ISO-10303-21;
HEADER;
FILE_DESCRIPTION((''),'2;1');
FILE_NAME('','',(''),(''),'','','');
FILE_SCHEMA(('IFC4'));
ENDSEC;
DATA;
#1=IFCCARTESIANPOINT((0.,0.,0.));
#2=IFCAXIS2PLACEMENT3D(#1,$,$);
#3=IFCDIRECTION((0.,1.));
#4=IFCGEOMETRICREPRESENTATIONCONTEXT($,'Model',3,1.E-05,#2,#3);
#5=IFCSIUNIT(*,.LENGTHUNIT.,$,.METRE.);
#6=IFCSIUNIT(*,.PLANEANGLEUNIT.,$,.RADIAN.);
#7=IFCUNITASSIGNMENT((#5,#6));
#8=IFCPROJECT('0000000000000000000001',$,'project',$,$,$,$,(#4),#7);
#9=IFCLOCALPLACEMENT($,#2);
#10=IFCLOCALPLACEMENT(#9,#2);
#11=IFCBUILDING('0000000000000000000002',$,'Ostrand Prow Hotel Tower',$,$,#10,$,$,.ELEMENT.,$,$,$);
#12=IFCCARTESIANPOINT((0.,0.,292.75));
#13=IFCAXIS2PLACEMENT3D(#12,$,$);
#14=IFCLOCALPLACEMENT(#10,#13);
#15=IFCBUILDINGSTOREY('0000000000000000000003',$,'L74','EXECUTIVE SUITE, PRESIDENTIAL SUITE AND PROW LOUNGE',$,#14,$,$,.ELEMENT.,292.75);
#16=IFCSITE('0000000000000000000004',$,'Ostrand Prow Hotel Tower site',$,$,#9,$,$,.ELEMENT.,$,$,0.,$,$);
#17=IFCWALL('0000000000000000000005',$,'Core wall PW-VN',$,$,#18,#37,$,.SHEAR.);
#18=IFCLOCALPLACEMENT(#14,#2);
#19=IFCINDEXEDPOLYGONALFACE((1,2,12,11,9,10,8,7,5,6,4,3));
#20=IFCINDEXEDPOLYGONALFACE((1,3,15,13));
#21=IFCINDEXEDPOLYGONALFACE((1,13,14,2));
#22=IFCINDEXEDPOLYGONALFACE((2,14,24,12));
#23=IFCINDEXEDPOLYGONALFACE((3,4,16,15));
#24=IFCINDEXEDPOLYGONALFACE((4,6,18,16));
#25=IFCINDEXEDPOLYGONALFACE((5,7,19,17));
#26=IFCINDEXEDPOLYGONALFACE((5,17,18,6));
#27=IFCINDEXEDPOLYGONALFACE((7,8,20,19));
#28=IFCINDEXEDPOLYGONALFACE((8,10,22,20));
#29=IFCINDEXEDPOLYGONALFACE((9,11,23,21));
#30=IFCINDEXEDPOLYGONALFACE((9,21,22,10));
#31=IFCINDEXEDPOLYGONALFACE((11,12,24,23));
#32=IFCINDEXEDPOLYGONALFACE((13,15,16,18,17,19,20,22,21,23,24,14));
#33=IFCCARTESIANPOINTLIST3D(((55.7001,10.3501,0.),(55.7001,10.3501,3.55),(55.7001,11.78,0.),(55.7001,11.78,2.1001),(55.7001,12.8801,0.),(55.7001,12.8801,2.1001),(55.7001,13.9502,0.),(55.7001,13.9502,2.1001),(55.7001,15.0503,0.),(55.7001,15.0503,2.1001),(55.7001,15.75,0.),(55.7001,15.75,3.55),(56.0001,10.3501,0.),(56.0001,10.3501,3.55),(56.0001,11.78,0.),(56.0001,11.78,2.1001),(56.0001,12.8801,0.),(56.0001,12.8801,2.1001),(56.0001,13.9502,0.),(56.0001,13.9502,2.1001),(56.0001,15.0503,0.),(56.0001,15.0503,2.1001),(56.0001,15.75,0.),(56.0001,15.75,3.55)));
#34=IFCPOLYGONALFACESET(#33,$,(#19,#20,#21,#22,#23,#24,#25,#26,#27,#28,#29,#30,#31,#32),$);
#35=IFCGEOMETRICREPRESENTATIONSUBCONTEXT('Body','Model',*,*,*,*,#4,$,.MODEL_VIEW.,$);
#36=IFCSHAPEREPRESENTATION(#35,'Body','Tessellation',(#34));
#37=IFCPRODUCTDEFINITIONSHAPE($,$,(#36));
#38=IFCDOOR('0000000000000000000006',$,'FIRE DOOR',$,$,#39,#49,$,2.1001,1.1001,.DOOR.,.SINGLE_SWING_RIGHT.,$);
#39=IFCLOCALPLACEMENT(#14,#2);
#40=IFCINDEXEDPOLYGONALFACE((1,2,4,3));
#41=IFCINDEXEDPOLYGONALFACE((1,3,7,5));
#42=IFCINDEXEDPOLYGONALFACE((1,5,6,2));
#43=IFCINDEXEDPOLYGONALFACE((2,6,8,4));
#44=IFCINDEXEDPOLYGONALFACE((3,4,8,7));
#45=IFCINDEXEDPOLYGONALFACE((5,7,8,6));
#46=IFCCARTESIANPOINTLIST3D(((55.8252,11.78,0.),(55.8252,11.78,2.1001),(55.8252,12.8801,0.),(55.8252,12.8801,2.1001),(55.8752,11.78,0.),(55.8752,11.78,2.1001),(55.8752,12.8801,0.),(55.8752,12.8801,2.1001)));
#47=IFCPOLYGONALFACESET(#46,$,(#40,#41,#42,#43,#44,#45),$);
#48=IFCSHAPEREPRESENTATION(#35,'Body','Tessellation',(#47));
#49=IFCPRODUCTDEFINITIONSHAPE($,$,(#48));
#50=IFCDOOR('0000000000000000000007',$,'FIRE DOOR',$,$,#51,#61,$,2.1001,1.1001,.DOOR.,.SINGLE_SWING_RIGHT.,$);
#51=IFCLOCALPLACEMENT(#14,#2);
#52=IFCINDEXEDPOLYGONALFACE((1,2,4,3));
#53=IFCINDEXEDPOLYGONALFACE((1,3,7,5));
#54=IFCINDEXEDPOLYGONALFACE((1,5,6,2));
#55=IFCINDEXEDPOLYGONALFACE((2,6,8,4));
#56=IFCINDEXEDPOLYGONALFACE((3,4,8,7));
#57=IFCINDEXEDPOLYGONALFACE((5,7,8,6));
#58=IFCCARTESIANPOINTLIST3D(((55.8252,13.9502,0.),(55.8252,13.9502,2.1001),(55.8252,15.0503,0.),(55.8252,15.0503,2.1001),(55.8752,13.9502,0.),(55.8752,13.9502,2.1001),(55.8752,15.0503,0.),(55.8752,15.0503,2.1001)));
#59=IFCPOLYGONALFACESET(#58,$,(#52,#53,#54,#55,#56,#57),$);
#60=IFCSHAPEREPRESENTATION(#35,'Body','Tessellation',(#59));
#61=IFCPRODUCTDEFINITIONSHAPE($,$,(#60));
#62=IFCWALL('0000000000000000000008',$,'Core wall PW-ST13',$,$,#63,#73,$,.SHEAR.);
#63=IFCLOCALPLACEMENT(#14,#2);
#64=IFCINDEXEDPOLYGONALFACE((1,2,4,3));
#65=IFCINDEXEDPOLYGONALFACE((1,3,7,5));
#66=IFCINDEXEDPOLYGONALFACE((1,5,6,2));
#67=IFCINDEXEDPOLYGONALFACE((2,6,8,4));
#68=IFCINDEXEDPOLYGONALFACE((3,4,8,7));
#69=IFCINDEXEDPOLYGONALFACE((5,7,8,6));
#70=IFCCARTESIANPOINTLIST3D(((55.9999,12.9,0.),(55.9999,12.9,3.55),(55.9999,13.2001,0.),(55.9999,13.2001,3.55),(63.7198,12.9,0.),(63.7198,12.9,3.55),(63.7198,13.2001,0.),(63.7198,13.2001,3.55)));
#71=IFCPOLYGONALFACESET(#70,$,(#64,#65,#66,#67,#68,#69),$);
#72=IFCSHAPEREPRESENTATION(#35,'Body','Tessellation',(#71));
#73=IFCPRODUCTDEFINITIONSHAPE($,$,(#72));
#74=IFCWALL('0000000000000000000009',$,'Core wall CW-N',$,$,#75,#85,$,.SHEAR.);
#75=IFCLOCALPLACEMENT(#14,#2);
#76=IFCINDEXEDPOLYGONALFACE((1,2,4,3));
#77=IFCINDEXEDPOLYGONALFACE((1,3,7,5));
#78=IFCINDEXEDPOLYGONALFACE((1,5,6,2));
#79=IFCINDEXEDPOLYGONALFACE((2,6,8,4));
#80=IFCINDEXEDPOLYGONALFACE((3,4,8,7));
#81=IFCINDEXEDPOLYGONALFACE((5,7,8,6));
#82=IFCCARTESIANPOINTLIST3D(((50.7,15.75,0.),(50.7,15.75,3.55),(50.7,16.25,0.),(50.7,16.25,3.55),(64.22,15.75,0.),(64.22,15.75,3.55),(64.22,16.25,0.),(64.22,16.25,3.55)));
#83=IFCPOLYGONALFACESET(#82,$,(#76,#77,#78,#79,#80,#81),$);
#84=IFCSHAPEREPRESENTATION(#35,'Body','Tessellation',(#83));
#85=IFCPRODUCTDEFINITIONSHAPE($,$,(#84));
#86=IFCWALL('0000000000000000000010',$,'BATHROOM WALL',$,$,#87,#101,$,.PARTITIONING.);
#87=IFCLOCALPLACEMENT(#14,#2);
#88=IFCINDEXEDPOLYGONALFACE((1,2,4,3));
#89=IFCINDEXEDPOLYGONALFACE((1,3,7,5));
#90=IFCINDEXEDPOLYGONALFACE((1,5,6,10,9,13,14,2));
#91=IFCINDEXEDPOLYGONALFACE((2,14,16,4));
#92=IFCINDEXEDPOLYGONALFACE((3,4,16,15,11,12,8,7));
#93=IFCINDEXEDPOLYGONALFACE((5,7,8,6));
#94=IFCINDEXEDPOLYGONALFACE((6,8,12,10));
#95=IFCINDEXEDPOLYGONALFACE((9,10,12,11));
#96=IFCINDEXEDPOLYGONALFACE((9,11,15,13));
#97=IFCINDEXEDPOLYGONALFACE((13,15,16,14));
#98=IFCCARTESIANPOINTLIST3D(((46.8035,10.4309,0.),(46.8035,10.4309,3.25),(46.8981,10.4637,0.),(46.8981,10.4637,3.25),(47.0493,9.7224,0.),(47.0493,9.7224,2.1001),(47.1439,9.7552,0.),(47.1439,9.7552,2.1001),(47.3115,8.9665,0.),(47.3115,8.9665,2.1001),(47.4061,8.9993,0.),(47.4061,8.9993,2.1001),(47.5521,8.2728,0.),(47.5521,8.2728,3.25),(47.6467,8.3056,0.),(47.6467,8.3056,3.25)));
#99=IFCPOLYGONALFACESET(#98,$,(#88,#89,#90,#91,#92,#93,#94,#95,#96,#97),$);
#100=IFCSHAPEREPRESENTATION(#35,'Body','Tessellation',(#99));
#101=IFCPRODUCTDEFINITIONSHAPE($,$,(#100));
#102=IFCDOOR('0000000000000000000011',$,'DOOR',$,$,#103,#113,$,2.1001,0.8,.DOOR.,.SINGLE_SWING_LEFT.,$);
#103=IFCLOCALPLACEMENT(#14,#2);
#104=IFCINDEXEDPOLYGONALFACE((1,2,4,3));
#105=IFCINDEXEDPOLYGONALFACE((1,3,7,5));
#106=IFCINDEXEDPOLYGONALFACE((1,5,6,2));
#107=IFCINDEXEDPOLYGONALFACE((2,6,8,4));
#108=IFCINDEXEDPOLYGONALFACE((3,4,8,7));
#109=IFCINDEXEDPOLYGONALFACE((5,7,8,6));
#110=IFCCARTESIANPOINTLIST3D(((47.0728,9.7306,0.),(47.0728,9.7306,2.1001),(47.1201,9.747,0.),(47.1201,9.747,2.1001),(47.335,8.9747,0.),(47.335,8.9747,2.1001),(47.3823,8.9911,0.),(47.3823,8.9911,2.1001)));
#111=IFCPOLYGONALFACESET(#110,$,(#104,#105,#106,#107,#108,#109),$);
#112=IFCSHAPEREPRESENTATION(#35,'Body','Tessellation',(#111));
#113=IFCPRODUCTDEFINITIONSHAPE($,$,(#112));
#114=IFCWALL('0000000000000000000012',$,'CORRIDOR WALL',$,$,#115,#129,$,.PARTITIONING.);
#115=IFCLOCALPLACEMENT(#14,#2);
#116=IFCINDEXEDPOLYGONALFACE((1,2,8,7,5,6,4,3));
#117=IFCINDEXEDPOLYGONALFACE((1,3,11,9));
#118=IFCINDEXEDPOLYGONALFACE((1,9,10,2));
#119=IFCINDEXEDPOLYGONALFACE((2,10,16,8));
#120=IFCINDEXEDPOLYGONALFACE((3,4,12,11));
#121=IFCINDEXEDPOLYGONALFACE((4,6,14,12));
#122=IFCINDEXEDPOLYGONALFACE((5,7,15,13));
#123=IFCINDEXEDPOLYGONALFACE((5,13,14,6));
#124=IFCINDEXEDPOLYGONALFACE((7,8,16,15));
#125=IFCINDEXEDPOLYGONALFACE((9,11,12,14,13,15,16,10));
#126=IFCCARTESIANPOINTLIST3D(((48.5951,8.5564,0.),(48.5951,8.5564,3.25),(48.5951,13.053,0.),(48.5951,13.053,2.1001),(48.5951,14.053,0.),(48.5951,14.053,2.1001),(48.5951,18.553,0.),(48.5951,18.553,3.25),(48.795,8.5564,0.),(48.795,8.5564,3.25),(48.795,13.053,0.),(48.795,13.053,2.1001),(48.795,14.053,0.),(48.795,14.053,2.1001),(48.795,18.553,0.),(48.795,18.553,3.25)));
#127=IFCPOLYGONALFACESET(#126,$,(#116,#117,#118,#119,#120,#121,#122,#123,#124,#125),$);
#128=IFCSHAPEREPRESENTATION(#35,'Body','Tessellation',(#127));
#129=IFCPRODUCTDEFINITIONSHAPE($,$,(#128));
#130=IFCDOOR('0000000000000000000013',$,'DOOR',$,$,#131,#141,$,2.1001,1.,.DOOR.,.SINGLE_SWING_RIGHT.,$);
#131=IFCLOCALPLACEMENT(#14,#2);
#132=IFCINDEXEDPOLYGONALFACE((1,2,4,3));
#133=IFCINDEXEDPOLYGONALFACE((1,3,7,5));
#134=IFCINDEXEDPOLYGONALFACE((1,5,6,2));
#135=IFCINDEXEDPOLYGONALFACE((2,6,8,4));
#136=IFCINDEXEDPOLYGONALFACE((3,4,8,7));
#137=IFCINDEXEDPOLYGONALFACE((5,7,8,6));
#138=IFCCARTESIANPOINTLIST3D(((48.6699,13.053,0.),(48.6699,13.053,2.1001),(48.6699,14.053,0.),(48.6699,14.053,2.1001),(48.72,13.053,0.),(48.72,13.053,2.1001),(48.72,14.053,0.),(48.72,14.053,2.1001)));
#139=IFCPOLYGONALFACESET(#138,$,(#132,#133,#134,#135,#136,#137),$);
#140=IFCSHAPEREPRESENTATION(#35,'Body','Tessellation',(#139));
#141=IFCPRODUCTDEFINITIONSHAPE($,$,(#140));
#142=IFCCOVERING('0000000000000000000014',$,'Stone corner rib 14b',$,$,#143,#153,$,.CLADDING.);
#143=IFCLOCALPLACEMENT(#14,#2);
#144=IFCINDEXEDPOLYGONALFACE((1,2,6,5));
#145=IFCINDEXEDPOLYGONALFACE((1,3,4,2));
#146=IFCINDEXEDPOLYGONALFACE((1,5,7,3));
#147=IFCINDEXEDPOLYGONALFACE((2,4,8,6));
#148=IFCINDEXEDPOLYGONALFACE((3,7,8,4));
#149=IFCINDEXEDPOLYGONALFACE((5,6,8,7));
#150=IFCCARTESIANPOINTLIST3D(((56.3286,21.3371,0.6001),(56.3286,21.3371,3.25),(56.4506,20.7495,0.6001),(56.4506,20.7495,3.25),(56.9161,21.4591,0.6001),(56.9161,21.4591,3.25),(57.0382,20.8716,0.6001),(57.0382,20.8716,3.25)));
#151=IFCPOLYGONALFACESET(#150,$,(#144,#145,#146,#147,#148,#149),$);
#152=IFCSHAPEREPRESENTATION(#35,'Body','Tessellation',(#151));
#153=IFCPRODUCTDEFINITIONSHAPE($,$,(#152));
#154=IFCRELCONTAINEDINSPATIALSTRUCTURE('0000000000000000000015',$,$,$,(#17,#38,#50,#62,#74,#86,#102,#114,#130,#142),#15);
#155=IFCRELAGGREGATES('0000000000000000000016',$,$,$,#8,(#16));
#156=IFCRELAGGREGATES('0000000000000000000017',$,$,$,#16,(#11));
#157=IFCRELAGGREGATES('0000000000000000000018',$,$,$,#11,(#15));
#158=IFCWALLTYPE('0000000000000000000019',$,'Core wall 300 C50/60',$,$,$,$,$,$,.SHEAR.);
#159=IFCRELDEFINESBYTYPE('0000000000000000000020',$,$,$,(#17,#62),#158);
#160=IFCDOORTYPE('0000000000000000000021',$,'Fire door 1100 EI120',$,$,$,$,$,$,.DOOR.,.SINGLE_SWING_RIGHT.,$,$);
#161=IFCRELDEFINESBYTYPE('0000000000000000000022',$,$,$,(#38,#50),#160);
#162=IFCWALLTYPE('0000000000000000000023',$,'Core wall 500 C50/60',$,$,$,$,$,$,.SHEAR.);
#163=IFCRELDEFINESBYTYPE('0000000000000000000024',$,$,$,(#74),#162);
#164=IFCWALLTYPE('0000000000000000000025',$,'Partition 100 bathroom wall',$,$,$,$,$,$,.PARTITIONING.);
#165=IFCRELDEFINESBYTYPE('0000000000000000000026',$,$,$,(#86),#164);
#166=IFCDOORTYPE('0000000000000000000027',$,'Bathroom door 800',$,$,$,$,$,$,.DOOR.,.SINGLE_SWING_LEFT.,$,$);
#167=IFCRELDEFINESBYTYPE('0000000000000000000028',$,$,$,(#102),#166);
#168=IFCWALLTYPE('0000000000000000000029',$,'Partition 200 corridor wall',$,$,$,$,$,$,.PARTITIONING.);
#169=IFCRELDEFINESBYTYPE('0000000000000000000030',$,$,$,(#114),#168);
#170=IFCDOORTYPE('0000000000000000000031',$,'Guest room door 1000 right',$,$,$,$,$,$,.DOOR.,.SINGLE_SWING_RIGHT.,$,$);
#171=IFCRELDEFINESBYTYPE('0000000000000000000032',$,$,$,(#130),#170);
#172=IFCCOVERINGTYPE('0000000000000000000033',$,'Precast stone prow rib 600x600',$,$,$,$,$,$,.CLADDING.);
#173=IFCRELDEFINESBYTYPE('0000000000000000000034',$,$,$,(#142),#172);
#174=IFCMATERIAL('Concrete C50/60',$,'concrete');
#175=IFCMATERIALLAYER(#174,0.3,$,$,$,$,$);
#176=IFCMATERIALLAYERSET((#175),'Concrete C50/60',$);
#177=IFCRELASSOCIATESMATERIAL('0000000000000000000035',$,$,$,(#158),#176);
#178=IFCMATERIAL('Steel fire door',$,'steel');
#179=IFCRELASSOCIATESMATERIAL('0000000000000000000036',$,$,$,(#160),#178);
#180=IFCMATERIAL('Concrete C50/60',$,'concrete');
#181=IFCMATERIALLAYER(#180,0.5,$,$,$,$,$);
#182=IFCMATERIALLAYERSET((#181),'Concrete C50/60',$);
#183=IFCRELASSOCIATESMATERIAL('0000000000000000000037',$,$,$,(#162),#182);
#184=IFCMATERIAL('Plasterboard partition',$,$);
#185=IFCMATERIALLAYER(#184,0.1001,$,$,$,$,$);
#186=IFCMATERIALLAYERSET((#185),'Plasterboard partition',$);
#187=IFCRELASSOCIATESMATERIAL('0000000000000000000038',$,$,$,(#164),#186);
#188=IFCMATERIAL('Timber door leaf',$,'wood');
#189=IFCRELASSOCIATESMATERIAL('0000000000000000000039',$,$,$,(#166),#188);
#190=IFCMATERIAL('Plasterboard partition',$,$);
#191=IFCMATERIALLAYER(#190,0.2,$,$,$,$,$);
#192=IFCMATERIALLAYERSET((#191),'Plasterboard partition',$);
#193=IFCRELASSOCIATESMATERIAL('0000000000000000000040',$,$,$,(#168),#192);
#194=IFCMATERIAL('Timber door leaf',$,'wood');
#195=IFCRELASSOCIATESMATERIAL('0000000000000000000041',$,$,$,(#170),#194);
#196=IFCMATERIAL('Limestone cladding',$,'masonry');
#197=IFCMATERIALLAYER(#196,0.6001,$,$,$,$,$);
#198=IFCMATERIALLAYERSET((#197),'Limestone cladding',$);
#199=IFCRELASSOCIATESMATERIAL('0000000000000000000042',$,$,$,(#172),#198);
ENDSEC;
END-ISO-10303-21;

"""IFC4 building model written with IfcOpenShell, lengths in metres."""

from ifc_helpers import new_model, si_unit, direction, frame, frame_2d, origin, place, context, subcontext, project, spatial, rectangle, extrude, material, layer, layer_set, type_object, element, fill, save


model = new_model("IFC4")

# Units and contexts
model_context = context("Model", 3, precision=1e-05, world=origin(), true_north=direction((0.0, 1.0)))
body_context = subcontext(model_context, "Body", "Model", "MODEL_VIEW")
ifc_project = project(units=[si_unit("LENGTHUNIT", "METRE"), si_unit("PLANEANGLEUNIT", "RADIAN")], contexts=[model_context])

# Site, building, storey
site_placement = place(None, origin())
site = spatial("IfcSite", under=ifc_project, at=site_placement, Name="Ostrand Prow Hotel Tower site", CompositionType="ELEMENT", RefElevation=0.0)
building_placement = place(site_placement, origin())
building = spatial("IfcBuilding", under=site, at=building_placement, Name="Ostrand Prow Hotel Tower", CompositionType="ELEMENT")
storey_placement = place(building_placement, frame((0.0, 0.0, 292.75)))
storey = spatial("IfcBuildingStorey", under=building, at=storey_placement, Name="L74", Description="EXECUTIVE SUITE, PRESIDENTIAL SUITE AND PROW LOUNGE", CompositionType="ELEMENT", Elevation=292.75)

# Wall, openings, doors
ifc_material_1 = material(Name="Concrete C50/60", Category="concrete")
ifc_layer_1 = layer(ifc_material_1, 0.3)
ifc_layer_set_1 = layer_set([ifc_layer_1], Name="Concrete C50/60")
wall_type_1 = type_object("IfcWallType", Name="Core wall 300 C50/60", PredefinedType="SHEAR", material=ifc_layer_set_1)
wall_1_placement = place(storey_placement, frame((55.8501, 10.3501, 0.0), z_axis=(0.0, 0.0, 1.0), x_axis=(0.0, 1.0, 0.0)))
wall_1 = element("IfcWall", 1, at=wall_1_placement, inside=storey, type_object=wall_type_1, Name="Core wall PW-VN", PredefinedType="SHEAR", context=body_context, shape_type="SweptSolid", body=[
    extrude(rectangle(XDim=5.3999, YDim=0.3, at=frame_2d((2.7, 0.0))), origin(), (0.0, 0.0, 1.0), 3.55),
])
opening_1_placement = place(wall_1_placement, frame((1.4299, 0.0, 0.0)))
opening_1 = element("IfcOpeningElement", 2, at=opening_1_placement, cuts=wall_1, PredefinedType="OPENING", context=body_context, shape_type="SweptSolid", body=[
    extrude(rectangle(XDim=1.1001, YDim=2.1001, at=frame_2d((0.55, 1.05))), frame((0.0, 0.1599, 0.0), z_axis=(0.0, -1.0, 0.0), x_axis=(1.0, 0.0, 0.0)), (0.0, 0.0, 1.0), 0.3201),
])
opening_2_placement = place(wall_1_placement, frame((3.6001, 0.0, 0.0)))
opening_2 = element("IfcOpeningElement", 3, at=opening_2_placement, cuts=wall_1, PredefinedType="OPENING", context=body_context, shape_type="SweptSolid", body=[
    extrude(rectangle(XDim=1.1001, YDim=2.1001, at=frame_2d((0.55, 1.05))), frame((0.0, 0.1599, 0.0), z_axis=(0.0, -1.0, 0.0), x_axis=(1.0, 0.0, 0.0)), (0.0, 0.0, 1.0), 0.3201),
])
ifc_material_2 = material(Name="Steel fire door", Category="steel")
door_type_1 = type_object("IfcDoorType", Name="Fire door 1100 EI120", OperationType="SINGLE_SWING_RIGHT", PredefinedType="DOOR", material=ifc_material_2)
door_1_placement = place(opening_1_placement, origin())
door_1 = element("IfcDoor", 4, at=door_1_placement, inside=storey, type_object=door_type_1, Name="FIRE DOOR", OperationType="SINGLE_SWING_RIGHT", OverallHeight=2.1001, OverallWidth=1.1001, PredefinedType="DOOR", context=body_context, shape_type="SweptSolid", body=[
    extrude(rectangle(XDim=1.1001, YDim=2.1001, at=frame_2d((0.55, 1.05))), frame((0.0, 0.0249, 0.0), z_axis=(0.0, -1.0, 0.0), x_axis=(1.0, 0.0, 0.0)), (0.0, 0.0, 1.0), 0.05),
])
fill(opening_1, door_1)
door_2_placement = place(opening_2_placement, origin())
door_2 = element("IfcDoor", 5, at=door_2_placement, inside=storey, type_object=door_type_1, Name="FIRE DOOR", OperationType="SINGLE_SWING_RIGHT", OverallHeight=2.1001, OverallWidth=1.1001, PredefinedType="DOOR", context=body_context, shape_type="SweptSolid", body=[
    extrude(rectangle(XDim=1.1001, YDim=2.1001, at=frame_2d((0.55, 1.05))), frame((0.0, 0.0249, 0.0), z_axis=(0.0, -1.0, 0.0), x_axis=(1.0, 0.0, 0.0)), (0.0, 0.0, 1.0), 0.05),
])
fill(opening_2, door_2)

# Walls
wall_2_placement = place(storey_placement, frame((56.0, 13.05, 0.0), z_axis=(0.0, 0.0, 1.0), x_axis=(1.0, 0.0, 0.0)))
element("IfcWall", 6, at=wall_2_placement, inside=storey, type_object=wall_type_1, Name="Core wall PW-ST13", PredefinedType="SHEAR", context=body_context, shape_type="SweptSolid", body=[
    extrude(rectangle(XDim=7.72, YDim=0.3, at=frame_2d((3.8599, 0.0))), origin(), (0.0, 0.0, 1.0), 3.55),
])
ifc_material_3 = material(Name="Concrete C50/60", Category="concrete")
ifc_layer_2 = layer(ifc_material_3, 0.5)
ifc_layer_set_2 = layer_set([ifc_layer_2], Name="Concrete C50/60")
wall_type_2 = type_object("IfcWallType", Name="Core wall 500 C50/60", PredefinedType="SHEAR", material=ifc_layer_set_2)
wall_3_placement = place(storey_placement, frame((50.7, 16.0, 0.0), z_axis=(0.0, 0.0, 1.0), x_axis=(1.0, 0.0, 0.0)))
element("IfcWall", 7, at=wall_3_placement, inside=storey, type_object=wall_type_2, Name="Core wall CW-N", PredefinedType="SHEAR", context=body_context, shape_type="SweptSolid", body=[
    extrude(rectangle(XDim=13.52, YDim=0.5, at=frame_2d((6.76, 0.0))), origin(), (0.0, 0.0, 1.0), 3.55),
])

# Walls, openings, doors
ifc_material_4 = material(Name="Plasterboard partition")
ifc_layer_3 = layer(ifc_material_4, 0.1001)
ifc_layer_set_3 = layer_set([ifc_layer_3], Name="Plasterboard partition")
wall_type_3 = type_object("IfcWallType", Name="Partition 100 bathroom wall", PredefinedType="PARTITIONING", material=ifc_layer_set_3)
wall_4_placement = place(storey_placement, frame((46.8508, 10.4473, 0.0), z_axis=(0.0, 0.0, 1.0), x_axis=(0.327716, -0.944776, 0.0)))
wall_4 = element("IfcWall", 8, at=wall_4_placement, inside=storey, type_object=wall_type_3, Name="BATHROOM WALL", PredefinedType="PARTITIONING", context=body_context, shape_type="SweptSolid", body=[
    extrude(rectangle(XDim=2.2842, YDim=0.1001, at=frame_2d((1.1421, 0.0))), origin(), (0.0, 0.0, 1.0), 3.25),
])
opening_3_placement = place(wall_4_placement, frame((0.75, 0.0, 0.0)))
opening_3 = element("IfcOpeningElement", 9, at=opening_3_placement, cuts=wall_4, PredefinedType="OPENING", context=body_context, shape_type="SweptSolid", body=[
    extrude(rectangle(XDim=0.8, YDim=2.1001, at=frame_2d((0.3999, 1.05))), frame((0.0, 0.0601, 0.0), z_axis=(0.0, -1.0, 0.0), x_axis=(1.0, 0.0, 0.0)), (0.0, 0.0, 1.0), 0.1201),
])
ifc_material_5 = material(Name="Timber door leaf", Category="wood")
door_type_2 = type_object("IfcDoorType", Name="Bathroom door 800", OperationType="SINGLE_SWING_LEFT", PredefinedType="DOOR", material=ifc_material_5)
door_3_placement = place(opening_3_placement, origin())
door_3 = element("IfcDoor", 10, at=door_3_placement, inside=storey, type_object=door_type_2, Name="DOOR", OperationType="SINGLE_SWING_LEFT", OverallHeight=2.1001, OverallWidth=0.8, PredefinedType="DOOR", context=body_context, shape_type="SweptSolid", body=[
    extrude(rectangle(XDim=0.8, YDim=2.1001, at=frame_2d((0.3999, 1.05))), frame((0.0, 0.0249, 0.0), z_axis=(0.0, -1.0, 0.0), x_axis=(1.0, 0.0, 0.0)), (0.0, 0.0, 1.0), 0.05),
])
fill(opening_3, door_3)
ifc_material_6 = material(Name="Plasterboard partition")
ifc_layer_4 = layer(ifc_material_6, 0.2)
ifc_layer_set_4 = layer_set([ifc_layer_4], Name="Plasterboard partition")
wall_type_4 = type_object("IfcWallType", Name="Partition 200 corridor wall", PredefinedType="PARTITIONING", material=ifc_layer_set_4)
wall_5_placement = place(storey_placement, frame((48.6951, 18.553, 0.0), z_axis=(0.0, 0.0, 1.0), x_axis=(0.0, -1.0, 0.0)))
wall_5 = element("IfcWall", 11, at=wall_5_placement, inside=storey, type_object=wall_type_4, Name="CORRIDOR WALL", PredefinedType="PARTITIONING", context=body_context, shape_type="SweptSolid", body=[
    extrude(rectangle(XDim=9.9966, YDim=0.2, at=frame_2d((4.9983, 0.0))), origin(), (0.0, 0.0, 1.0), 3.25),
])
opening_4_placement = place(wall_5_placement, frame((4.5, 0.0, 0.0)))
opening_4 = element("IfcOpeningElement", 12, at=opening_4_placement, cuts=wall_5, PredefinedType="OPENING", context=body_context, shape_type="SweptSolid", body=[
    extrude(rectangle(XDim=1.0, YDim=2.1001, at=frame_2d((0.5, 1.05))), frame((0.0, 0.1099, 0.0), z_axis=(0.0, -1.0, 0.0), x_axis=(1.0, 0.0, 0.0)), (0.0, 0.0, 1.0), 0.22),
])
ifc_material_7 = material(Name="Timber door leaf", Category="wood")
door_type_3 = type_object("IfcDoorType", Name="Guest room door 1000 right", OperationType="SINGLE_SWING_RIGHT", PredefinedType="DOOR", material=ifc_material_7)
door_4_placement = place(opening_4_placement, origin())
door_4 = element("IfcDoor", 13, at=door_4_placement, inside=storey, type_object=door_type_3, Name="DOOR", OperationType="SINGLE_SWING_RIGHT", OverallHeight=2.1001, OverallWidth=1.0, PredefinedType="DOOR", context=body_context, shape_type="SweptSolid", body=[
    extrude(rectangle(XDim=1.0, YDim=2.1001, at=frame_2d((0.5, 1.05))), frame((0.0, 0.0249, 0.0), z_axis=(0.0, -1.0, 0.0), x_axis=(1.0, 0.0, 0.0)), (0.0, 0.0, 1.0), 0.05),
])
fill(opening_4, door_4)

# Covering
ifc_material_8 = material(Name="Limestone cladding", Category="masonry")
ifc_layer_5 = layer(ifc_material_8, 0.6001)
ifc_layer_set_5 = layer_set([ifc_layer_5], Name="Limestone cladding")
covering_type = type_object("IfcCoveringType", Name="Precast stone prow rib 600x600", PredefinedType="CLADDING", material=ifc_layer_set_5)
covering_placement = place(storey_placement, frame((56.7444, 20.8105, 0.6001), z_axis=(0.0, 0.0, 1.0), x_axis=(-0.203386, 0.979099, 0.0)))
element("IfcCovering", 14, at=covering_placement, inside=storey, type_object=covering_type, Name="Stone corner rib 14b", PredefinedType="CLADDING", context=body_context, shape_type="SweptSolid", body=[
    extrude(rectangle(XDim=0.6001, YDim=0.6001, at=frame_2d((0.3, 0.0))), origin(), (0.0, 0.0, 1.0), 2.6499),
])

save(model, "model.ifc")
